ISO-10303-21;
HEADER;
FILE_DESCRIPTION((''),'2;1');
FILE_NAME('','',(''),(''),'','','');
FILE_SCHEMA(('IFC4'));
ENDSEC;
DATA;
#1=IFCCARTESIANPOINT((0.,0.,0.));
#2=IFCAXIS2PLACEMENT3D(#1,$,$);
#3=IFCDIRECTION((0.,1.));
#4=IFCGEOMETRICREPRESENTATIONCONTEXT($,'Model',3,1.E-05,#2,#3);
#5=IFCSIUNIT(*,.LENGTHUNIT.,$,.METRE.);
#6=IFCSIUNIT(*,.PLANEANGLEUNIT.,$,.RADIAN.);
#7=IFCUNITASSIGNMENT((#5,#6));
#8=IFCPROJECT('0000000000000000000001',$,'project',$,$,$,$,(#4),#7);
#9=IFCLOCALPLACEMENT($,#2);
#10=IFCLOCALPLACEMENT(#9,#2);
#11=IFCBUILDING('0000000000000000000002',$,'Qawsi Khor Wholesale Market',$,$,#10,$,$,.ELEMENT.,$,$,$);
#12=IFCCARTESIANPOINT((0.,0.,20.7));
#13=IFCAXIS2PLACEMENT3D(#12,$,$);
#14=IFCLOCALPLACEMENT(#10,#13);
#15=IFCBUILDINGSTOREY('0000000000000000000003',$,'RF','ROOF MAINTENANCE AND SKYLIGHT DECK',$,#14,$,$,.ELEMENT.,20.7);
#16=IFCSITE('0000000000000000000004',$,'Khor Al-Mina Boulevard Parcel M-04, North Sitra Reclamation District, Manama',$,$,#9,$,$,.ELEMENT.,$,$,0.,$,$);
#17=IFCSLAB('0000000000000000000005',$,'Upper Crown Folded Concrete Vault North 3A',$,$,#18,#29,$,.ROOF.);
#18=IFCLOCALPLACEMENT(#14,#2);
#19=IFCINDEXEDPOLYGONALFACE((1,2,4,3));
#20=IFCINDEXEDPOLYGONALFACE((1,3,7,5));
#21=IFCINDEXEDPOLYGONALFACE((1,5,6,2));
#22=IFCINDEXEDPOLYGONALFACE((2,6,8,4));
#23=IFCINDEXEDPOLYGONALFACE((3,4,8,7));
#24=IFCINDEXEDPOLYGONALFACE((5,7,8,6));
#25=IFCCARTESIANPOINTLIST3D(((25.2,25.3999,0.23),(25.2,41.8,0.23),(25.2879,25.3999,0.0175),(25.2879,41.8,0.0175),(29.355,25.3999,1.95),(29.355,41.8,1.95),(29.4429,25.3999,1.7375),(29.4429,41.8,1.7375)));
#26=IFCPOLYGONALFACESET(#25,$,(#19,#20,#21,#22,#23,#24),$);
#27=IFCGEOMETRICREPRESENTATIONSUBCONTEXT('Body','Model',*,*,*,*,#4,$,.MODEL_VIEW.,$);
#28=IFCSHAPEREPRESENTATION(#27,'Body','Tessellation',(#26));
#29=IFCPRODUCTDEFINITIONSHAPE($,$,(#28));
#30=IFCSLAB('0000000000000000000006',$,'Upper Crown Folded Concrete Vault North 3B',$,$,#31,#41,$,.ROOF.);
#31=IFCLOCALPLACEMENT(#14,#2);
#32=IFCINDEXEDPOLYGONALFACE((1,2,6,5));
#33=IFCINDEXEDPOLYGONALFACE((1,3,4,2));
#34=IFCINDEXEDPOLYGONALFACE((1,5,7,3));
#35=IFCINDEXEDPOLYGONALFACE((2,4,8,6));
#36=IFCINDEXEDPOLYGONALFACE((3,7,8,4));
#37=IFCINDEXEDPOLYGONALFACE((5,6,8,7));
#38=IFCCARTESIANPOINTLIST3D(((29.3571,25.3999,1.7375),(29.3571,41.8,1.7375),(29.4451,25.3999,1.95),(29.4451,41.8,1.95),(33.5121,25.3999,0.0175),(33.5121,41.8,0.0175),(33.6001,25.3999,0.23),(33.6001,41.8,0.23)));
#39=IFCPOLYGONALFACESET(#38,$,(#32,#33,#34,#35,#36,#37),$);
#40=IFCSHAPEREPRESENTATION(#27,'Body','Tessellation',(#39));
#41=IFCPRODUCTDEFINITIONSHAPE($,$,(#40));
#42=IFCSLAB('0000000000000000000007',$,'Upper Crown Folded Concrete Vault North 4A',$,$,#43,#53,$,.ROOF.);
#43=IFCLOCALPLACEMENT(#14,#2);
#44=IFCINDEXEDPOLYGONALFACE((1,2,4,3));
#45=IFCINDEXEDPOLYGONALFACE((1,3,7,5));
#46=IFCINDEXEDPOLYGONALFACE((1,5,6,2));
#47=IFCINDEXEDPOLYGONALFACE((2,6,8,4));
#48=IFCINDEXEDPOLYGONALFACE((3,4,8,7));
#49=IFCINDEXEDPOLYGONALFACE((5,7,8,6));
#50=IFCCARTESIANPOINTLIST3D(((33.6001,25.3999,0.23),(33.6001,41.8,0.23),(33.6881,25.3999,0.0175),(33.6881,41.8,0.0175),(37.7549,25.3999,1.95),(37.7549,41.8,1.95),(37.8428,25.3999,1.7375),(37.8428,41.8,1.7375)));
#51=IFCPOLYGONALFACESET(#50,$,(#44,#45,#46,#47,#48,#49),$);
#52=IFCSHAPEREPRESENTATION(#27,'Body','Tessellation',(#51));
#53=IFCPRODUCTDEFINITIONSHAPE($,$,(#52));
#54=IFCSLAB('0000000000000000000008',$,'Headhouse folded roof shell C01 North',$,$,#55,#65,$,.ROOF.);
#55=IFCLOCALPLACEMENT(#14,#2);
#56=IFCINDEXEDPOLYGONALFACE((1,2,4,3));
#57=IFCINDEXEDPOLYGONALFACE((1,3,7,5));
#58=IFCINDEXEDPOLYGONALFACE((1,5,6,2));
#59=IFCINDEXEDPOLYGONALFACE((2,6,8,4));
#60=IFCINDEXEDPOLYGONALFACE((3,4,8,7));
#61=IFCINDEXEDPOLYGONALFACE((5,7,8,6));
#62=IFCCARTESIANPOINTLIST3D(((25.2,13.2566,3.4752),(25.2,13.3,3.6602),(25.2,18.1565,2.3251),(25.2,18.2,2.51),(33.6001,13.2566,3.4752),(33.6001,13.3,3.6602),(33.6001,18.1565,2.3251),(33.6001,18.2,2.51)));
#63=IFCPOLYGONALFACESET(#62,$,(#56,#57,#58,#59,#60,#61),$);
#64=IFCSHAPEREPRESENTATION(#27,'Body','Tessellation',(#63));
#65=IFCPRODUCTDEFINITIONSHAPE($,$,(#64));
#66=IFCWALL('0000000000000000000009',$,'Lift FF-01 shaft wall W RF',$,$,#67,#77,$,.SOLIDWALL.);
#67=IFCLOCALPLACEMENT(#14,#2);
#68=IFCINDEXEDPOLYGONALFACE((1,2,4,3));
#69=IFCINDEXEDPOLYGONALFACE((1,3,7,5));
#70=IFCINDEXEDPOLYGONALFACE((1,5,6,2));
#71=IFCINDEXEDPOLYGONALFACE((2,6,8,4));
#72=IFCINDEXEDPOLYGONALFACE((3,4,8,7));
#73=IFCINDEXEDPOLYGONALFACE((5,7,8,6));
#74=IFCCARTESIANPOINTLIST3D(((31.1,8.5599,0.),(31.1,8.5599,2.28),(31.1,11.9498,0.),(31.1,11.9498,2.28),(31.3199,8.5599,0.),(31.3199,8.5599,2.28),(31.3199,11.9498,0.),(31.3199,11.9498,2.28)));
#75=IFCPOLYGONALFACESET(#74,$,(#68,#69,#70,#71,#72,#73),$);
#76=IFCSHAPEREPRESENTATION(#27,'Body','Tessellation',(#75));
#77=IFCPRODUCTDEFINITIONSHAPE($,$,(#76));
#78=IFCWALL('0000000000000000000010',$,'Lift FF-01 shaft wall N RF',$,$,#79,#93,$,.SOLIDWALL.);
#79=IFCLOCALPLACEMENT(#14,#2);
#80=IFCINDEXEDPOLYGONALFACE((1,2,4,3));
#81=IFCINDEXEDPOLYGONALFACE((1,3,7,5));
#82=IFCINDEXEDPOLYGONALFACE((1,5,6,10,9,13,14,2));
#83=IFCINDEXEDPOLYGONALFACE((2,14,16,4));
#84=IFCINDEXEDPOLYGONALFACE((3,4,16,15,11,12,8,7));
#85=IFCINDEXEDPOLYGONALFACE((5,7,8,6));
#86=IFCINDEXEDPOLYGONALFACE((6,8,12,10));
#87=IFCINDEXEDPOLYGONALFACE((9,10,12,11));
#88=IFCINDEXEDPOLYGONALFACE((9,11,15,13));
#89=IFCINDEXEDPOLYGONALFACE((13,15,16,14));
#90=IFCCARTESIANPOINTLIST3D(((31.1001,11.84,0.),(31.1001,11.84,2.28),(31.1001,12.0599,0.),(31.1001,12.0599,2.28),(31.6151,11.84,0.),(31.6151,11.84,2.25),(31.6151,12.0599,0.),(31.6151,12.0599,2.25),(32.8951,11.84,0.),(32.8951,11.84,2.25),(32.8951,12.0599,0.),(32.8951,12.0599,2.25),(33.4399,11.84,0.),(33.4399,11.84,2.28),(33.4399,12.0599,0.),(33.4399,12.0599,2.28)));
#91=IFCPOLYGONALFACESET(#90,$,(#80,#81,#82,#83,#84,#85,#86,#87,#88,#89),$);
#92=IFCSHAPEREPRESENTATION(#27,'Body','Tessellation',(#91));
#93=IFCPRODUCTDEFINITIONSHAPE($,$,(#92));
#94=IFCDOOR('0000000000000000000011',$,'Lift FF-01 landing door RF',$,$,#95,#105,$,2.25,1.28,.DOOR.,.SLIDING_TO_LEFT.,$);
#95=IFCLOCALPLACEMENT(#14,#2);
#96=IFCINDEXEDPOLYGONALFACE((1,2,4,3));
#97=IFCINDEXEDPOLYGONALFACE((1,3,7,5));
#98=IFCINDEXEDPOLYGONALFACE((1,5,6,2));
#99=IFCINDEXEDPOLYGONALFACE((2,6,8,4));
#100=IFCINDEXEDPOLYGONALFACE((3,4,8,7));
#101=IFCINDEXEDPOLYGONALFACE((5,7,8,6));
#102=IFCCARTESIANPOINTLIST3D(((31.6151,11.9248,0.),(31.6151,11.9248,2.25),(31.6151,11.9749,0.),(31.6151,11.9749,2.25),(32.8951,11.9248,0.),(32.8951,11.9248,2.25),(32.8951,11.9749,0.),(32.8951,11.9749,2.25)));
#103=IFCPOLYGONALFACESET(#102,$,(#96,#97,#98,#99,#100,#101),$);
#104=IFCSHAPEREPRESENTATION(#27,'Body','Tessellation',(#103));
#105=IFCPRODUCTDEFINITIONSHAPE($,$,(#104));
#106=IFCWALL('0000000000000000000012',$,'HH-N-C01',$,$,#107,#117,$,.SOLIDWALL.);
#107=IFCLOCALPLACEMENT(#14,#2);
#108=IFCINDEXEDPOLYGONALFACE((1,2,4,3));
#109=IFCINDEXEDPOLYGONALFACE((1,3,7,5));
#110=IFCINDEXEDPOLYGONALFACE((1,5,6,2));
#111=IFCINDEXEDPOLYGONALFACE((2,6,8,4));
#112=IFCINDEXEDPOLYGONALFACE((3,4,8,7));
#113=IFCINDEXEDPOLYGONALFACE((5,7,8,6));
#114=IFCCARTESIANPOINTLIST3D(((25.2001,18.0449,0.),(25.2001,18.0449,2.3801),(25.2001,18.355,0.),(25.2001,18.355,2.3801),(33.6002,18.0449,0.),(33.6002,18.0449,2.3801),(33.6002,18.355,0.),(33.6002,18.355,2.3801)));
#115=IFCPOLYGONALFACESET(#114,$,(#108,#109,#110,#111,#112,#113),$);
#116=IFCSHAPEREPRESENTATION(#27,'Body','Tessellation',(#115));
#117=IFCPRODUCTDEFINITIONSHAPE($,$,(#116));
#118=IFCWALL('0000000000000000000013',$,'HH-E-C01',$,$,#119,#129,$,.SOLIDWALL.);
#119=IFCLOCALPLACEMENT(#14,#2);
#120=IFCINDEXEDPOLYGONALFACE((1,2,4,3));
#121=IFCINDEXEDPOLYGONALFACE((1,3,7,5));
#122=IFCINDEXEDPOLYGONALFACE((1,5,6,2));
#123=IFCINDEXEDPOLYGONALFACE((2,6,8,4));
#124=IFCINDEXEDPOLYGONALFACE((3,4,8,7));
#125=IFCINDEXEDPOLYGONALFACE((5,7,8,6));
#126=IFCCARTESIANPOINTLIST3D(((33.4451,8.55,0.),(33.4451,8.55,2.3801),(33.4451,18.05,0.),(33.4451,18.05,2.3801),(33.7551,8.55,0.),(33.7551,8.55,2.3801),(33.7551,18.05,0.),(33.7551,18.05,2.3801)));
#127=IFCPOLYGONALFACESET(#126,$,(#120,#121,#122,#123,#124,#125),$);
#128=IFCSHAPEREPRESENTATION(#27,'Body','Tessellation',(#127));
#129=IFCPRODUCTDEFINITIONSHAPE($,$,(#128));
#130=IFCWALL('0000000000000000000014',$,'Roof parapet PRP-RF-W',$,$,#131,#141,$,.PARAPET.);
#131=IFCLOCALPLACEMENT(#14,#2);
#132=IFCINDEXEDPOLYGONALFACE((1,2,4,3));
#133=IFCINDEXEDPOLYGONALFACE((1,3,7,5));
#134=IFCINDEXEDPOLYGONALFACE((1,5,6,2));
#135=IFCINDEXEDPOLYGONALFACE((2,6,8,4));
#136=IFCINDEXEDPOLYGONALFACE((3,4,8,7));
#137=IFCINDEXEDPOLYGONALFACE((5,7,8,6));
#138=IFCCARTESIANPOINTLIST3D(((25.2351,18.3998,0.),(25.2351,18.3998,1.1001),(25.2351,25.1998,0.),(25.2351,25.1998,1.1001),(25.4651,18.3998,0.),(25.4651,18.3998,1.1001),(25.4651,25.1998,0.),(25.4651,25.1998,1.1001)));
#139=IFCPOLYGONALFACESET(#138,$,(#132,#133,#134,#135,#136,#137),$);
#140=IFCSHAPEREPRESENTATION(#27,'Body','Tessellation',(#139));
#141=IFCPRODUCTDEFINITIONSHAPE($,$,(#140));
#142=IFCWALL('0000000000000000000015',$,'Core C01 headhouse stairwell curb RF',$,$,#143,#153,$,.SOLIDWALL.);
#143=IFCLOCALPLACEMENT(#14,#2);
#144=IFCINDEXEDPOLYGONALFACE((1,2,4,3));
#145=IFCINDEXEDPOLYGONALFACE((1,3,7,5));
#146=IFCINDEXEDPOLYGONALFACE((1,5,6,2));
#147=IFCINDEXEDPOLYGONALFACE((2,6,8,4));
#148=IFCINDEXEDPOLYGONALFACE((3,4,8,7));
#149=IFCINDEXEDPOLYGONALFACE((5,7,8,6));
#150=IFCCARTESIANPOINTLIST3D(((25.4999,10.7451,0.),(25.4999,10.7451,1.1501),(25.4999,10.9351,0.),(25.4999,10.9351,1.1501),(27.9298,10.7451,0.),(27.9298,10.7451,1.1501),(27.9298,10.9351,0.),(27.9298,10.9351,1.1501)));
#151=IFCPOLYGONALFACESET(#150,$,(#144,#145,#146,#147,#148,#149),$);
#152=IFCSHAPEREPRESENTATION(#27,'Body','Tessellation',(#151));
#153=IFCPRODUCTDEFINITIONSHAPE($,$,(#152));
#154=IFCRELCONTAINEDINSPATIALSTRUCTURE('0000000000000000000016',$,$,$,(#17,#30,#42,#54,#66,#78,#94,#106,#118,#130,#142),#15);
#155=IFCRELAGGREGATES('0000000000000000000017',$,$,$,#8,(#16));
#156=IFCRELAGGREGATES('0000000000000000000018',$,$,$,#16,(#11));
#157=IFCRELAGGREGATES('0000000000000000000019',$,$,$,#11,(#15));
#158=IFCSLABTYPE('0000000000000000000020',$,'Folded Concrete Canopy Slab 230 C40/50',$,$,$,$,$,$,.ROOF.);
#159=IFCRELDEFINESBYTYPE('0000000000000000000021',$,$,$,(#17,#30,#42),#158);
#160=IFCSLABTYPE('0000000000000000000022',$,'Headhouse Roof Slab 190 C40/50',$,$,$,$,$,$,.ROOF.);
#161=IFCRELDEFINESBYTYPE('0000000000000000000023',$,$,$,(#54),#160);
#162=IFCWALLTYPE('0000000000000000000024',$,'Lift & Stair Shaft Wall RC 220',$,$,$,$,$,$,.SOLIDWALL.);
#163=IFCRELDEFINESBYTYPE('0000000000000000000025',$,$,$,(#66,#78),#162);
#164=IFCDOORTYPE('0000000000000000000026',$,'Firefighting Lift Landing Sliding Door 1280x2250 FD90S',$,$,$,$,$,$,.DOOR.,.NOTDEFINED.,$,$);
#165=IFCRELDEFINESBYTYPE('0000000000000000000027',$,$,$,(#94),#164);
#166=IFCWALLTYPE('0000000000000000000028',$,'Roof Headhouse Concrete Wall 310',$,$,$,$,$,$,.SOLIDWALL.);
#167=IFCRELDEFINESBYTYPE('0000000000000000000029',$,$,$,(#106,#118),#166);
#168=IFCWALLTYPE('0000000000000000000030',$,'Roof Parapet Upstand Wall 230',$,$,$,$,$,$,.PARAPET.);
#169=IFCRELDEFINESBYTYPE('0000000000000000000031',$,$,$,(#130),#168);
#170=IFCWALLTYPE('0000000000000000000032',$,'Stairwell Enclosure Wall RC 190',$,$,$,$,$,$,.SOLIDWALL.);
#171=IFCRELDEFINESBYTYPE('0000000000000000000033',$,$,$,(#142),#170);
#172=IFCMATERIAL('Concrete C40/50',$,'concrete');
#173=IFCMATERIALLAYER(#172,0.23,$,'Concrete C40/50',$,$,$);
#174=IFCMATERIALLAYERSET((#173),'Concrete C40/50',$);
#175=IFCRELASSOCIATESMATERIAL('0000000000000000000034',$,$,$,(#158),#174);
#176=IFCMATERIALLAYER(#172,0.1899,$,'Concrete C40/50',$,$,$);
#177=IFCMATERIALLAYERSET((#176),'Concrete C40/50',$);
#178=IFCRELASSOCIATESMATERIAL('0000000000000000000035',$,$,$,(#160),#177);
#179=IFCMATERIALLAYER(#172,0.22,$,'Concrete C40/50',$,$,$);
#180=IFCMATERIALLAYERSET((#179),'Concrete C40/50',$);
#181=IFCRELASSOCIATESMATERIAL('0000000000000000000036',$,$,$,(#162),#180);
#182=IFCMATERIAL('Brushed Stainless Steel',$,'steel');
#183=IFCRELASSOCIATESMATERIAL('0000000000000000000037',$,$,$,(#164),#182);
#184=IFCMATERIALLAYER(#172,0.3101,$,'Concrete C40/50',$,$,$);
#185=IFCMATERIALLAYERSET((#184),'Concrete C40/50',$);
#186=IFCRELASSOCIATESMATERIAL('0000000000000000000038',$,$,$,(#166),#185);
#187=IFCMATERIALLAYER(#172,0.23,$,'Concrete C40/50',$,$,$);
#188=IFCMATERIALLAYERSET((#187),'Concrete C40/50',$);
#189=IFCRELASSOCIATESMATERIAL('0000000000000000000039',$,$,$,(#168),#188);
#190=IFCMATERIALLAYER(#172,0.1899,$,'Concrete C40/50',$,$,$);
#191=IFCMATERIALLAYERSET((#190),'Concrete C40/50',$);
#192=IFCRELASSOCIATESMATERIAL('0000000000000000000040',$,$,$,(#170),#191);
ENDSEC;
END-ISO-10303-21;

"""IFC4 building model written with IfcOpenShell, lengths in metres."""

from ifc_helpers import new_model, si_unit, direction, frame, frame_2d, origin, place, context, subcontext, project, spatial, polyline, rectangle, outline, extrude, material, layer, layer_set, type_object, element, fill, save


model = new_model("IFC4")

# Units and contexts
model_context = context("Model", 3, precision=1e-05, world=origin(), true_north=direction((0.0, 1.0)))
body_context = subcontext(model_context, "Body", "Model", "MODEL_VIEW")
ifc_project = project(units=[si_unit("LENGTHUNIT", "METRE"), si_unit("PLANEANGLEUNIT", "RADIAN")], contexts=[model_context])

# Site, building, storey
site_placement = place(None, origin())
site = spatial("IfcSite", under=ifc_project, at=site_placement, Name="Khor Al-Mina Boulevard Parcel M-04, North Sitra Reclamation District, Manama", CompositionType="ELEMENT", RefElevation=0.0)
building_placement = place(site_placement, origin())
building = spatial("IfcBuilding", under=site, at=building_placement, Name="Qawsi Khor Wholesale Market", CompositionType="ELEMENT")
storey_placement = place(building_placement, frame((0.0, 0.0, 20.7)))
storey = spatial("IfcBuildingStorey", under=building, at=storey_placement, Name="RF", Description="ROOF MAINTENANCE AND SKYLIGHT DECK", CompositionType="ELEMENT", Elevation=20.7)

# Slabs
ifc_material_1 = material(Name="Concrete C40/50", Category="concrete")
ifc_layer_1 = layer(ifc_material_1, 0.23, Name="Concrete C40/50")
ifc_layer_set_1 = layer_set([ifc_layer_1], Name="Concrete C40/50")
slab_type_1 = type_object("IfcSlabType", Name="Folded Concrete Canopy Slab 230 C40/50", PredefinedType="ROOF", material=ifc_layer_set_1)
for number, where, z_axis, x_axis, name in (
    (1, (25.2, 25.3999, 0.23), (-0.382475, 0.0, 0.923966), (0.923966, 0.0, 0.382475), "Upper Crown Folded Concrete Vault North 3A"),
    (2, (29.4451, 25.3999, 1.95), (0.382475, 0.0, 0.923966), (0.923966, 0.0, -0.382475), "Upper Crown Folded Concrete Vault North 3B"),
):
    element("IfcSlab", number, at=place(storey_placement, frame(where, z_axis=z_axis, x_axis=x_axis)), inside=storey, type_object=slab_type_1, Name=name, PredefinedType="ROOF", context=body_context, shape_type="SweptSolid", body=[
        extrude(outline(polyline([(0.0, 0.0), (4.497, 0.0), (4.497, 16.4001), (0.0, 16.4001), (0.0, 0.0)])), origin(), (0.0, 0.0, -1.0), 0.23),
    ])
slab_1_placement = place(storey_placement, frame((33.6001, 25.3999, 0.23), z_axis=(-0.382494, 0.0, 0.923958), x_axis=(0.923958, 0.0, 0.382494)))
element("IfcSlab", 3, at=slab_1_placement, inside=storey, type_object=slab_type_1, Name="Upper Crown Folded Concrete Vault North 4A", PredefinedType="ROOF", context=body_context, shape_type="SweptSolid", body=[
    extrude(outline(polyline([(0.0, 0.0), (4.4967, 0.0), (4.4967, 16.4001), (0.0, 16.4001), (0.0, 0.0)])), origin(), (0.0, 0.0, -1.0), 0.23),
])
ifc_layer_2 = layer(ifc_material_1, 0.1899, Name="Concrete C40/50")
ifc_layer_set_2 = layer_set([ifc_layer_2], Name="Concrete C40/50")
slab_type_2 = type_object("IfcSlabType", Name="Headhouse Roof Slab 190 C40/50", PredefinedType="ROOF", material=ifc_layer_set_2)
slab_2_placement = place(storey_placement, frame((25.2, 13.3, 3.6602), z_axis=(0.0, 0.228517, 0.97354), x_axis=(1.0, 0.0, 0.0)))
element("IfcSlab", 4, at=slab_2_placement, inside=storey, type_object=slab_type_2, Name="Headhouse folded roof shell C01 North", PredefinedType="ROOF", context=body_context, shape_type="SweptSolid", body=[
    extrude(outline(polyline([(0.0, 0.0), (8.4001, 0.0), (8.4001, 5.0331), (0.0, 5.0331), (0.0, 0.0)])), origin(), (0.0, 0.0, -1.0), 0.1899),
])

# Wall
ifc_layer_3 = layer(ifc_material_1, 0.22, Name="Concrete C40/50")
ifc_layer_set_3 = layer_set([ifc_layer_3], Name="Concrete C40/50")
wall_type_1 = type_object("IfcWallType", Name="Lift & Stair Shaft Wall RC 220", PredefinedType="SOLIDWALL", material=ifc_layer_set_3)
wall_1_placement = place(storey_placement, frame((31.21, 8.5601, 0.0), z_axis=(0.0, 0.0, 1.0), x_axis=(0.0, 1.0, 0.0)))
element("IfcWall", 5, at=wall_1_placement, inside=storey, type_object=wall_type_1, Name="Lift FF-01 shaft wall W RF", PredefinedType="SOLIDWALL", context=body_context, shape_type="SweptSolid", body=[
    extrude(rectangle(XDim=3.3899, YDim=0.22, at=frame_2d((1.6948, 0.0))), origin(), (0.0, 0.0, 1.0), 2.28),
])

# Wall, opening, door
wall_2_placement = place(storey_placement, frame((31.1001, 11.95, 0.0), z_axis=(0.0, 0.0, 1.0), x_axis=(1.0, 0.0, 0.0)))
wall_2 = element("IfcWall", 6, at=wall_2_placement, inside=storey, type_object=wall_type_1, Name="Lift FF-01 shaft wall N RF", PredefinedType="SOLIDWALL", context=body_context, shape_type="SweptSolid", body=[
    extrude(rectangle(XDim=2.3398, YDim=0.22, at=frame_2d((1.1699, 0.0))), origin(), (0.0, 0.0, 1.0), 2.28),
])
opening_placement = place(wall_2_placement, frame((0.5149, 0.0, 0.0)))
opening = element("IfcOpeningElement", 7, at=opening_placement, cuts=wall_2, PredefinedType="OPENING", context=body_context, shape_type="SweptSolid", body=[
    extrude(rectangle(XDim=1.28, YDim=2.25, at=frame_2d((0.6401, 1.125))), frame((0.0, 0.1199, 0.0), z_axis=(0.0, -1.0, 0.0), x_axis=(1.0, 0.0, 0.0)), (0.0, 0.0, 1.0), 0.24),
])
ifc_material_2 = material(Name="Brushed Stainless Steel", Category="steel")
door_type = type_object("IfcDoorType", Name="Firefighting Lift Landing Sliding Door 1280x2250 FD90S", OperationType="NOTDEFINED", PredefinedType="DOOR", material=ifc_material_2)
door_placement = place(opening_placement, origin())
door = element("IfcDoor", 8, at=door_placement, inside=storey, type_object=door_type, Name="Lift FF-01 landing door RF", OperationType="SLIDING_TO_LEFT", OverallHeight=2.25, OverallWidth=1.28, PredefinedType="DOOR", context=body_context, shape_type="SweptSolid", body=[
    extrude(rectangle(XDim=1.28, YDim=2.25, at=frame_2d((0.6401, 1.125))), frame((0.0, 0.0249, 0.0), z_axis=(0.0, -1.0, 0.0), x_axis=(1.0, 0.0, 0.0)), (0.0, 0.0, 1.0), 0.05),
])
fill(opening, door)

# Walls
ifc_layer_4 = layer(ifc_material_1, 0.3101, Name="Concrete C40/50")
ifc_layer_set_4 = layer_set([ifc_layer_4], Name="Concrete C40/50")
wall_type_2 = type_object("IfcWallType", Name="Roof Headhouse Concrete Wall 310", PredefinedType="SOLIDWALL", material=ifc_layer_set_4)
wall_3_placement = place(storey_placement, frame((25.2, 18.2, 0.0), z_axis=(0.0, 0.0, 1.0), x_axis=(1.0, 0.0, 0.0)))
element("IfcWall", 9, at=wall_3_placement, inside=storey, type_object=wall_type_2, Name="HH-N-C01", PredefinedType="SOLIDWALL", context=body_context, shape_type="SweptSolid", body=[
    extrude(rectangle(XDim=8.4001, YDim=0.3101, at=frame_2d((4.2002, 0.0))), origin(), (0.0, 0.0, 1.0), 2.3801),
])
wall_4_placement = place(storey_placement, frame((33.6001, 18.05, 0.0), z_axis=(0.0, 0.0, 1.0), x_axis=(0.0, -1.0, 0.0)))
element("IfcWall", 10, at=wall_4_placement, inside=storey, type_object=wall_type_2, Name="HH-E-C01", PredefinedType="SOLIDWALL", context=body_context, shape_type="SweptSolid", body=[
    extrude(rectangle(XDim=9.5, YDim=0.3101, at=frame_2d((4.75, 0.0))), origin(), (0.0, 0.0, 1.0), 2.3801),
])
ifc_layer_5 = layer(ifc_material_1, 0.23, Name="Concrete C40/50")
ifc_layer_set_5 = layer_set([ifc_layer_5], Name="Concrete C40/50")
wall_type_3 = type_object("IfcWallType", Name="Roof Parapet Upstand Wall 230", PredefinedType="PARAPET", material=ifc_layer_set_5)
wall_5_placement = place(storey_placement, frame((25.3501, 18.3999, 0.0), z_axis=(0.0, 0.0, 1.0), x_axis=(0.0, 1.0, 0.0)))
element("IfcWall", 11, at=wall_5_placement, inside=storey, type_object=wall_type_3, Name="Roof parapet PRP-RF-W", PredefinedType="PARAPET", context=body_context, shape_type="SweptSolid", body=[
    extrude(rectangle(XDim=6.8, YDim=0.23, at=frame_2d((3.3999, 0.0))), origin(), (0.0, 0.0, 1.0), 1.1001),
])
ifc_layer_6 = layer(ifc_material_1, 0.1899, Name="Concrete C40/50")
ifc_layer_set_6 = layer_set([ifc_layer_6], Name="Concrete C40/50")
wall_type_4 = type_object("IfcWallType", Name="Stairwell Enclosure Wall RC 190", PredefinedType="SOLIDWALL", material=ifc_layer_set_6)
wall_6_placement = place(storey_placement, frame((25.5, 10.8401, 0.0), z_axis=(0.0, 0.0, 1.0), x_axis=(1.0, 0.0, 0.0)))
element("IfcWall", 12, at=wall_6_placement, inside=storey, type_object=wall_type_4, Name="Core C01 headhouse stairwell curb RF", PredefinedType="SOLIDWALL", context=body_context, shape_type="SweptSolid", body=[
    extrude(rectangle(XDim=2.4299, YDim=0.1899, at=frame_2d((1.2148, 0.0))), origin(), (0.0, 0.0, 1.0), 1.1501),
])

save(model, "model.ifc")
